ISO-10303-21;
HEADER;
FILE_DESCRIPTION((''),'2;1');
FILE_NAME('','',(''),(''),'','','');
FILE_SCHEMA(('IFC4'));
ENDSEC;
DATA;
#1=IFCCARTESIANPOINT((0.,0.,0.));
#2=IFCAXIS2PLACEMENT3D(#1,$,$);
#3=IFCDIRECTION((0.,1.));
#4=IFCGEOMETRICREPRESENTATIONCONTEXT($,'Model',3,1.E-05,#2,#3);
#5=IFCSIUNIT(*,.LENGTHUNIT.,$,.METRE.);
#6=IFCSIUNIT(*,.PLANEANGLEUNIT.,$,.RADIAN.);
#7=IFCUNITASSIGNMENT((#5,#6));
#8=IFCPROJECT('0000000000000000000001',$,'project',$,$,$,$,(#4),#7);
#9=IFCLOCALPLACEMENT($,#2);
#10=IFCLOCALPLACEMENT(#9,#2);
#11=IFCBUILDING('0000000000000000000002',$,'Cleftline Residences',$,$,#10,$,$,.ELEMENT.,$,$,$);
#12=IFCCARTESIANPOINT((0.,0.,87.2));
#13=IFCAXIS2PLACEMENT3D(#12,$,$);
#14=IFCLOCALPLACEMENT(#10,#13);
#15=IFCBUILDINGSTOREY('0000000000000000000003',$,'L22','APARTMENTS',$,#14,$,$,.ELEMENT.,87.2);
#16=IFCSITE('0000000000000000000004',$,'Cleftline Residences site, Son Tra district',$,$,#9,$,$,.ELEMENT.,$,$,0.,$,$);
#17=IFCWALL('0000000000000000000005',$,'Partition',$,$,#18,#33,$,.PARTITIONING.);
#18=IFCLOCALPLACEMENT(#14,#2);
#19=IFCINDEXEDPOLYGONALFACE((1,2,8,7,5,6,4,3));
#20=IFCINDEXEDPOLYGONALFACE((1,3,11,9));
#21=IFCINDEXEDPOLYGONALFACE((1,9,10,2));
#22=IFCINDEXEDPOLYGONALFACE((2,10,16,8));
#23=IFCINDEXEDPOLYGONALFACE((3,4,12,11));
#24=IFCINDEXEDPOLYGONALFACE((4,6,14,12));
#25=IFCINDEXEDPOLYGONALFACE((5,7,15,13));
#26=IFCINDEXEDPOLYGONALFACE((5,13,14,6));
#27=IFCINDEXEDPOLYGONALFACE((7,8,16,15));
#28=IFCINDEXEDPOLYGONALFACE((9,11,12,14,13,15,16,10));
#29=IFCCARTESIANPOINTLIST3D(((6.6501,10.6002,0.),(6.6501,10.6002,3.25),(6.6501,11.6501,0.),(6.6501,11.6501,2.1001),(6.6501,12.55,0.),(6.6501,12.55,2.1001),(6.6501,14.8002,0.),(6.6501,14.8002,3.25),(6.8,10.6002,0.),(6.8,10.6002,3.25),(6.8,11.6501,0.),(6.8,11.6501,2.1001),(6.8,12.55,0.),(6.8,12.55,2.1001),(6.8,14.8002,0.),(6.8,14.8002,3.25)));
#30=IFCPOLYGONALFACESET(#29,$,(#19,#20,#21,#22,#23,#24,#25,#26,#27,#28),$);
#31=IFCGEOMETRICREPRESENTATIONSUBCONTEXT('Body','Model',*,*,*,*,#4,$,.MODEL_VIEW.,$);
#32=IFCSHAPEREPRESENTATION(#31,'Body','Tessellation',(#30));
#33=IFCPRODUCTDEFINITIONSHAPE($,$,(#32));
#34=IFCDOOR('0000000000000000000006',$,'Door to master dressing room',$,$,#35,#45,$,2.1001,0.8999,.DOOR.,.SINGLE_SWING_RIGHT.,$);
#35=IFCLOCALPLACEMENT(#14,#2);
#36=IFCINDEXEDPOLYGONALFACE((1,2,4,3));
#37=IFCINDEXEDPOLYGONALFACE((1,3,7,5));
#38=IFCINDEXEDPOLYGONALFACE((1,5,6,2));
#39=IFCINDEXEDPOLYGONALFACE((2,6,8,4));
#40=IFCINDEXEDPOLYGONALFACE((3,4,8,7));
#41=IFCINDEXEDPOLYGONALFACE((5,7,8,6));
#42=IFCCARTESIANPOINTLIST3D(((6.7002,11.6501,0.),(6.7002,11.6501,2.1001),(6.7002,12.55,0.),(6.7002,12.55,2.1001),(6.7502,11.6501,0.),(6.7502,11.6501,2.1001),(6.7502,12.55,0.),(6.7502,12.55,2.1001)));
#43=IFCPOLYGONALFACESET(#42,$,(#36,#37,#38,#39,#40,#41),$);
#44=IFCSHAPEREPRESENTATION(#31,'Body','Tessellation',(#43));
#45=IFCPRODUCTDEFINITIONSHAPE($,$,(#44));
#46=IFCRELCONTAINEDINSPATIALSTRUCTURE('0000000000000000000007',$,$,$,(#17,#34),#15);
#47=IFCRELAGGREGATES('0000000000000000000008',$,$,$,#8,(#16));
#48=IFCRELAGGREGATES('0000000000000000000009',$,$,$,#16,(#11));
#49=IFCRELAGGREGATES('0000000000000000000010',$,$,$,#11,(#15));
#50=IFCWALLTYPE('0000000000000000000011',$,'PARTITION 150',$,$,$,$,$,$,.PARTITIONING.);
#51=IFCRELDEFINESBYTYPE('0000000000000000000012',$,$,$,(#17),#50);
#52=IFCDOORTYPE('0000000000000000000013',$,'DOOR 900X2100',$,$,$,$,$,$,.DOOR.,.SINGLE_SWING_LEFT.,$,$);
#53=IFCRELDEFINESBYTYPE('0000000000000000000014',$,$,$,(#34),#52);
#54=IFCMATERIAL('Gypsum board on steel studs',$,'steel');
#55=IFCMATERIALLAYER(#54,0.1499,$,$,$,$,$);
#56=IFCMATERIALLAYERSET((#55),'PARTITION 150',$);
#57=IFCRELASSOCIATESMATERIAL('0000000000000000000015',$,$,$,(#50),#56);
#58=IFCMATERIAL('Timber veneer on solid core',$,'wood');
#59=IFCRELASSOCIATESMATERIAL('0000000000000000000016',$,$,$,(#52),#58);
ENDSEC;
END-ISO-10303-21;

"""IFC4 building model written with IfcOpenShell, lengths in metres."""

from ifc_helpers import new_model, si_unit, direction, frame, frame_2d, origin, place, context, subcontext, project, spatial, rectangle, extrude, material, layer, layer_set, type_object, element, fill, save


model = new_model("IFC4")

# Units and contexts
model_context = context("Model", 3, precision=1e-05, world=origin(), true_north=direction((0.0, 1.0)))
body_context = subcontext(model_context, "Body", "Model", "MODEL_VIEW")
ifc_project = project(units=[si_unit("LENGTHUNIT", "METRE"), si_unit("PLANEANGLEUNIT", "RADIAN")], contexts=[model_context])

# Site, building, storey
site_placement = place(None, origin())
site = spatial("IfcSite", under=ifc_project, at=site_placement, Name="Cleftline Residences site, Son Tra district", CompositionType="ELEMENT", RefElevation=0.0)
building_placement = place(site_placement, origin())
building = spatial("IfcBuilding", under=site, at=building_placement, Name="Cleftline Residences", CompositionType="ELEMENT")
storey_placement = place(building_placement, frame((0.0, 0.0, 87.2)))
storey = spatial("IfcBuildingStorey", under=building, at=storey_placement, Name="L22", Description="APARTMENTS", CompositionType="ELEMENT", Elevation=87.2)

# Shared definitions
ifc_material_1 = material(Name="Gypsum board on steel studs", Category="steel")
ifc_layer = layer(ifc_material_1, 0.1499)
ifc_layer_set = layer_set([ifc_layer], Name="PARTITION 150")
wall_type = type_object("IfcWallType", Name="PARTITION 150", PredefinedType="PARTITIONING", material=ifc_layer_set)

# Wall, opening, door
ifc_material_2 = material(Name="Timber veneer on solid core", Category="wood")
door_type_1 = type_object("IfcDoorType", Name="DOOR 900X2100", OperationType="SINGLE_SWING_LEFT", PredefinedType="DOOR", material=ifc_material_2)
wall_1_placement = place(storey_placement, frame((6.7251, 10.6001, 0.0), z_axis=(0.0, 0.0, 1.0), x_axis=(0.0, 1.0, 0.0)))
wall_1 = element("IfcWall", 1, at=wall_1_placement, inside=storey, type_object=wall_type, Name="Partition", PredefinedType="PARTITIONING", context=body_context, shape_type="SweptSolid", body=[
    extrude(rectangle(XDim=4.2, YDim=0.1499, at=frame_2d((2.1001, 0.0))), origin(), (0.0, 0.0, 1.0), 3.25),
])
opening_1_placement = place(wall_1_placement, frame((1.05, 0.0, 0.0)))
opening_1 = element("IfcOpeningElement", 2, at=opening_1_placement, cuts=wall_1, PredefinedType="OPENING", context=body_context, shape_type="SweptSolid", body=[
    extrude(rectangle(XDim=0.8999, YDim=2.1001, at=frame_2d((0.45, 1.05))), frame((0.0, 0.085, 0.0), z_axis=(0.0, -1.0, 0.0), x_axis=(1.0, 0.0, 0.0)), (0.0, 0.0, 1.0), 0.1699),
])
door_1_placement = place(opening_1_placement, origin())
door_1 = element("IfcDoor", 3, at=door_1_placement, inside=storey, type_object=door_type_1, Name="Door to master dressing room", OperationType="SINGLE_SWING_RIGHT", OverallHeight=2.1001, OverallWidth=0.8999, PredefinedType="DOOR", context=body_context, shape_type="SweptSolid", body=[
    extrude(rectangle(XDim=0.8999, YDim=2.1001, at=frame_2d((0.45, 1.05))), frame((0.0, 0.0249, 0.0), z_axis=(0.0, -1.0, 0.0), x_axis=(1.0, 0.0, 0.0)), (0.0, 0.0, 1.0), 0.05),
])
fill(opening_1, door_1)

save(model, "model.ifc")
